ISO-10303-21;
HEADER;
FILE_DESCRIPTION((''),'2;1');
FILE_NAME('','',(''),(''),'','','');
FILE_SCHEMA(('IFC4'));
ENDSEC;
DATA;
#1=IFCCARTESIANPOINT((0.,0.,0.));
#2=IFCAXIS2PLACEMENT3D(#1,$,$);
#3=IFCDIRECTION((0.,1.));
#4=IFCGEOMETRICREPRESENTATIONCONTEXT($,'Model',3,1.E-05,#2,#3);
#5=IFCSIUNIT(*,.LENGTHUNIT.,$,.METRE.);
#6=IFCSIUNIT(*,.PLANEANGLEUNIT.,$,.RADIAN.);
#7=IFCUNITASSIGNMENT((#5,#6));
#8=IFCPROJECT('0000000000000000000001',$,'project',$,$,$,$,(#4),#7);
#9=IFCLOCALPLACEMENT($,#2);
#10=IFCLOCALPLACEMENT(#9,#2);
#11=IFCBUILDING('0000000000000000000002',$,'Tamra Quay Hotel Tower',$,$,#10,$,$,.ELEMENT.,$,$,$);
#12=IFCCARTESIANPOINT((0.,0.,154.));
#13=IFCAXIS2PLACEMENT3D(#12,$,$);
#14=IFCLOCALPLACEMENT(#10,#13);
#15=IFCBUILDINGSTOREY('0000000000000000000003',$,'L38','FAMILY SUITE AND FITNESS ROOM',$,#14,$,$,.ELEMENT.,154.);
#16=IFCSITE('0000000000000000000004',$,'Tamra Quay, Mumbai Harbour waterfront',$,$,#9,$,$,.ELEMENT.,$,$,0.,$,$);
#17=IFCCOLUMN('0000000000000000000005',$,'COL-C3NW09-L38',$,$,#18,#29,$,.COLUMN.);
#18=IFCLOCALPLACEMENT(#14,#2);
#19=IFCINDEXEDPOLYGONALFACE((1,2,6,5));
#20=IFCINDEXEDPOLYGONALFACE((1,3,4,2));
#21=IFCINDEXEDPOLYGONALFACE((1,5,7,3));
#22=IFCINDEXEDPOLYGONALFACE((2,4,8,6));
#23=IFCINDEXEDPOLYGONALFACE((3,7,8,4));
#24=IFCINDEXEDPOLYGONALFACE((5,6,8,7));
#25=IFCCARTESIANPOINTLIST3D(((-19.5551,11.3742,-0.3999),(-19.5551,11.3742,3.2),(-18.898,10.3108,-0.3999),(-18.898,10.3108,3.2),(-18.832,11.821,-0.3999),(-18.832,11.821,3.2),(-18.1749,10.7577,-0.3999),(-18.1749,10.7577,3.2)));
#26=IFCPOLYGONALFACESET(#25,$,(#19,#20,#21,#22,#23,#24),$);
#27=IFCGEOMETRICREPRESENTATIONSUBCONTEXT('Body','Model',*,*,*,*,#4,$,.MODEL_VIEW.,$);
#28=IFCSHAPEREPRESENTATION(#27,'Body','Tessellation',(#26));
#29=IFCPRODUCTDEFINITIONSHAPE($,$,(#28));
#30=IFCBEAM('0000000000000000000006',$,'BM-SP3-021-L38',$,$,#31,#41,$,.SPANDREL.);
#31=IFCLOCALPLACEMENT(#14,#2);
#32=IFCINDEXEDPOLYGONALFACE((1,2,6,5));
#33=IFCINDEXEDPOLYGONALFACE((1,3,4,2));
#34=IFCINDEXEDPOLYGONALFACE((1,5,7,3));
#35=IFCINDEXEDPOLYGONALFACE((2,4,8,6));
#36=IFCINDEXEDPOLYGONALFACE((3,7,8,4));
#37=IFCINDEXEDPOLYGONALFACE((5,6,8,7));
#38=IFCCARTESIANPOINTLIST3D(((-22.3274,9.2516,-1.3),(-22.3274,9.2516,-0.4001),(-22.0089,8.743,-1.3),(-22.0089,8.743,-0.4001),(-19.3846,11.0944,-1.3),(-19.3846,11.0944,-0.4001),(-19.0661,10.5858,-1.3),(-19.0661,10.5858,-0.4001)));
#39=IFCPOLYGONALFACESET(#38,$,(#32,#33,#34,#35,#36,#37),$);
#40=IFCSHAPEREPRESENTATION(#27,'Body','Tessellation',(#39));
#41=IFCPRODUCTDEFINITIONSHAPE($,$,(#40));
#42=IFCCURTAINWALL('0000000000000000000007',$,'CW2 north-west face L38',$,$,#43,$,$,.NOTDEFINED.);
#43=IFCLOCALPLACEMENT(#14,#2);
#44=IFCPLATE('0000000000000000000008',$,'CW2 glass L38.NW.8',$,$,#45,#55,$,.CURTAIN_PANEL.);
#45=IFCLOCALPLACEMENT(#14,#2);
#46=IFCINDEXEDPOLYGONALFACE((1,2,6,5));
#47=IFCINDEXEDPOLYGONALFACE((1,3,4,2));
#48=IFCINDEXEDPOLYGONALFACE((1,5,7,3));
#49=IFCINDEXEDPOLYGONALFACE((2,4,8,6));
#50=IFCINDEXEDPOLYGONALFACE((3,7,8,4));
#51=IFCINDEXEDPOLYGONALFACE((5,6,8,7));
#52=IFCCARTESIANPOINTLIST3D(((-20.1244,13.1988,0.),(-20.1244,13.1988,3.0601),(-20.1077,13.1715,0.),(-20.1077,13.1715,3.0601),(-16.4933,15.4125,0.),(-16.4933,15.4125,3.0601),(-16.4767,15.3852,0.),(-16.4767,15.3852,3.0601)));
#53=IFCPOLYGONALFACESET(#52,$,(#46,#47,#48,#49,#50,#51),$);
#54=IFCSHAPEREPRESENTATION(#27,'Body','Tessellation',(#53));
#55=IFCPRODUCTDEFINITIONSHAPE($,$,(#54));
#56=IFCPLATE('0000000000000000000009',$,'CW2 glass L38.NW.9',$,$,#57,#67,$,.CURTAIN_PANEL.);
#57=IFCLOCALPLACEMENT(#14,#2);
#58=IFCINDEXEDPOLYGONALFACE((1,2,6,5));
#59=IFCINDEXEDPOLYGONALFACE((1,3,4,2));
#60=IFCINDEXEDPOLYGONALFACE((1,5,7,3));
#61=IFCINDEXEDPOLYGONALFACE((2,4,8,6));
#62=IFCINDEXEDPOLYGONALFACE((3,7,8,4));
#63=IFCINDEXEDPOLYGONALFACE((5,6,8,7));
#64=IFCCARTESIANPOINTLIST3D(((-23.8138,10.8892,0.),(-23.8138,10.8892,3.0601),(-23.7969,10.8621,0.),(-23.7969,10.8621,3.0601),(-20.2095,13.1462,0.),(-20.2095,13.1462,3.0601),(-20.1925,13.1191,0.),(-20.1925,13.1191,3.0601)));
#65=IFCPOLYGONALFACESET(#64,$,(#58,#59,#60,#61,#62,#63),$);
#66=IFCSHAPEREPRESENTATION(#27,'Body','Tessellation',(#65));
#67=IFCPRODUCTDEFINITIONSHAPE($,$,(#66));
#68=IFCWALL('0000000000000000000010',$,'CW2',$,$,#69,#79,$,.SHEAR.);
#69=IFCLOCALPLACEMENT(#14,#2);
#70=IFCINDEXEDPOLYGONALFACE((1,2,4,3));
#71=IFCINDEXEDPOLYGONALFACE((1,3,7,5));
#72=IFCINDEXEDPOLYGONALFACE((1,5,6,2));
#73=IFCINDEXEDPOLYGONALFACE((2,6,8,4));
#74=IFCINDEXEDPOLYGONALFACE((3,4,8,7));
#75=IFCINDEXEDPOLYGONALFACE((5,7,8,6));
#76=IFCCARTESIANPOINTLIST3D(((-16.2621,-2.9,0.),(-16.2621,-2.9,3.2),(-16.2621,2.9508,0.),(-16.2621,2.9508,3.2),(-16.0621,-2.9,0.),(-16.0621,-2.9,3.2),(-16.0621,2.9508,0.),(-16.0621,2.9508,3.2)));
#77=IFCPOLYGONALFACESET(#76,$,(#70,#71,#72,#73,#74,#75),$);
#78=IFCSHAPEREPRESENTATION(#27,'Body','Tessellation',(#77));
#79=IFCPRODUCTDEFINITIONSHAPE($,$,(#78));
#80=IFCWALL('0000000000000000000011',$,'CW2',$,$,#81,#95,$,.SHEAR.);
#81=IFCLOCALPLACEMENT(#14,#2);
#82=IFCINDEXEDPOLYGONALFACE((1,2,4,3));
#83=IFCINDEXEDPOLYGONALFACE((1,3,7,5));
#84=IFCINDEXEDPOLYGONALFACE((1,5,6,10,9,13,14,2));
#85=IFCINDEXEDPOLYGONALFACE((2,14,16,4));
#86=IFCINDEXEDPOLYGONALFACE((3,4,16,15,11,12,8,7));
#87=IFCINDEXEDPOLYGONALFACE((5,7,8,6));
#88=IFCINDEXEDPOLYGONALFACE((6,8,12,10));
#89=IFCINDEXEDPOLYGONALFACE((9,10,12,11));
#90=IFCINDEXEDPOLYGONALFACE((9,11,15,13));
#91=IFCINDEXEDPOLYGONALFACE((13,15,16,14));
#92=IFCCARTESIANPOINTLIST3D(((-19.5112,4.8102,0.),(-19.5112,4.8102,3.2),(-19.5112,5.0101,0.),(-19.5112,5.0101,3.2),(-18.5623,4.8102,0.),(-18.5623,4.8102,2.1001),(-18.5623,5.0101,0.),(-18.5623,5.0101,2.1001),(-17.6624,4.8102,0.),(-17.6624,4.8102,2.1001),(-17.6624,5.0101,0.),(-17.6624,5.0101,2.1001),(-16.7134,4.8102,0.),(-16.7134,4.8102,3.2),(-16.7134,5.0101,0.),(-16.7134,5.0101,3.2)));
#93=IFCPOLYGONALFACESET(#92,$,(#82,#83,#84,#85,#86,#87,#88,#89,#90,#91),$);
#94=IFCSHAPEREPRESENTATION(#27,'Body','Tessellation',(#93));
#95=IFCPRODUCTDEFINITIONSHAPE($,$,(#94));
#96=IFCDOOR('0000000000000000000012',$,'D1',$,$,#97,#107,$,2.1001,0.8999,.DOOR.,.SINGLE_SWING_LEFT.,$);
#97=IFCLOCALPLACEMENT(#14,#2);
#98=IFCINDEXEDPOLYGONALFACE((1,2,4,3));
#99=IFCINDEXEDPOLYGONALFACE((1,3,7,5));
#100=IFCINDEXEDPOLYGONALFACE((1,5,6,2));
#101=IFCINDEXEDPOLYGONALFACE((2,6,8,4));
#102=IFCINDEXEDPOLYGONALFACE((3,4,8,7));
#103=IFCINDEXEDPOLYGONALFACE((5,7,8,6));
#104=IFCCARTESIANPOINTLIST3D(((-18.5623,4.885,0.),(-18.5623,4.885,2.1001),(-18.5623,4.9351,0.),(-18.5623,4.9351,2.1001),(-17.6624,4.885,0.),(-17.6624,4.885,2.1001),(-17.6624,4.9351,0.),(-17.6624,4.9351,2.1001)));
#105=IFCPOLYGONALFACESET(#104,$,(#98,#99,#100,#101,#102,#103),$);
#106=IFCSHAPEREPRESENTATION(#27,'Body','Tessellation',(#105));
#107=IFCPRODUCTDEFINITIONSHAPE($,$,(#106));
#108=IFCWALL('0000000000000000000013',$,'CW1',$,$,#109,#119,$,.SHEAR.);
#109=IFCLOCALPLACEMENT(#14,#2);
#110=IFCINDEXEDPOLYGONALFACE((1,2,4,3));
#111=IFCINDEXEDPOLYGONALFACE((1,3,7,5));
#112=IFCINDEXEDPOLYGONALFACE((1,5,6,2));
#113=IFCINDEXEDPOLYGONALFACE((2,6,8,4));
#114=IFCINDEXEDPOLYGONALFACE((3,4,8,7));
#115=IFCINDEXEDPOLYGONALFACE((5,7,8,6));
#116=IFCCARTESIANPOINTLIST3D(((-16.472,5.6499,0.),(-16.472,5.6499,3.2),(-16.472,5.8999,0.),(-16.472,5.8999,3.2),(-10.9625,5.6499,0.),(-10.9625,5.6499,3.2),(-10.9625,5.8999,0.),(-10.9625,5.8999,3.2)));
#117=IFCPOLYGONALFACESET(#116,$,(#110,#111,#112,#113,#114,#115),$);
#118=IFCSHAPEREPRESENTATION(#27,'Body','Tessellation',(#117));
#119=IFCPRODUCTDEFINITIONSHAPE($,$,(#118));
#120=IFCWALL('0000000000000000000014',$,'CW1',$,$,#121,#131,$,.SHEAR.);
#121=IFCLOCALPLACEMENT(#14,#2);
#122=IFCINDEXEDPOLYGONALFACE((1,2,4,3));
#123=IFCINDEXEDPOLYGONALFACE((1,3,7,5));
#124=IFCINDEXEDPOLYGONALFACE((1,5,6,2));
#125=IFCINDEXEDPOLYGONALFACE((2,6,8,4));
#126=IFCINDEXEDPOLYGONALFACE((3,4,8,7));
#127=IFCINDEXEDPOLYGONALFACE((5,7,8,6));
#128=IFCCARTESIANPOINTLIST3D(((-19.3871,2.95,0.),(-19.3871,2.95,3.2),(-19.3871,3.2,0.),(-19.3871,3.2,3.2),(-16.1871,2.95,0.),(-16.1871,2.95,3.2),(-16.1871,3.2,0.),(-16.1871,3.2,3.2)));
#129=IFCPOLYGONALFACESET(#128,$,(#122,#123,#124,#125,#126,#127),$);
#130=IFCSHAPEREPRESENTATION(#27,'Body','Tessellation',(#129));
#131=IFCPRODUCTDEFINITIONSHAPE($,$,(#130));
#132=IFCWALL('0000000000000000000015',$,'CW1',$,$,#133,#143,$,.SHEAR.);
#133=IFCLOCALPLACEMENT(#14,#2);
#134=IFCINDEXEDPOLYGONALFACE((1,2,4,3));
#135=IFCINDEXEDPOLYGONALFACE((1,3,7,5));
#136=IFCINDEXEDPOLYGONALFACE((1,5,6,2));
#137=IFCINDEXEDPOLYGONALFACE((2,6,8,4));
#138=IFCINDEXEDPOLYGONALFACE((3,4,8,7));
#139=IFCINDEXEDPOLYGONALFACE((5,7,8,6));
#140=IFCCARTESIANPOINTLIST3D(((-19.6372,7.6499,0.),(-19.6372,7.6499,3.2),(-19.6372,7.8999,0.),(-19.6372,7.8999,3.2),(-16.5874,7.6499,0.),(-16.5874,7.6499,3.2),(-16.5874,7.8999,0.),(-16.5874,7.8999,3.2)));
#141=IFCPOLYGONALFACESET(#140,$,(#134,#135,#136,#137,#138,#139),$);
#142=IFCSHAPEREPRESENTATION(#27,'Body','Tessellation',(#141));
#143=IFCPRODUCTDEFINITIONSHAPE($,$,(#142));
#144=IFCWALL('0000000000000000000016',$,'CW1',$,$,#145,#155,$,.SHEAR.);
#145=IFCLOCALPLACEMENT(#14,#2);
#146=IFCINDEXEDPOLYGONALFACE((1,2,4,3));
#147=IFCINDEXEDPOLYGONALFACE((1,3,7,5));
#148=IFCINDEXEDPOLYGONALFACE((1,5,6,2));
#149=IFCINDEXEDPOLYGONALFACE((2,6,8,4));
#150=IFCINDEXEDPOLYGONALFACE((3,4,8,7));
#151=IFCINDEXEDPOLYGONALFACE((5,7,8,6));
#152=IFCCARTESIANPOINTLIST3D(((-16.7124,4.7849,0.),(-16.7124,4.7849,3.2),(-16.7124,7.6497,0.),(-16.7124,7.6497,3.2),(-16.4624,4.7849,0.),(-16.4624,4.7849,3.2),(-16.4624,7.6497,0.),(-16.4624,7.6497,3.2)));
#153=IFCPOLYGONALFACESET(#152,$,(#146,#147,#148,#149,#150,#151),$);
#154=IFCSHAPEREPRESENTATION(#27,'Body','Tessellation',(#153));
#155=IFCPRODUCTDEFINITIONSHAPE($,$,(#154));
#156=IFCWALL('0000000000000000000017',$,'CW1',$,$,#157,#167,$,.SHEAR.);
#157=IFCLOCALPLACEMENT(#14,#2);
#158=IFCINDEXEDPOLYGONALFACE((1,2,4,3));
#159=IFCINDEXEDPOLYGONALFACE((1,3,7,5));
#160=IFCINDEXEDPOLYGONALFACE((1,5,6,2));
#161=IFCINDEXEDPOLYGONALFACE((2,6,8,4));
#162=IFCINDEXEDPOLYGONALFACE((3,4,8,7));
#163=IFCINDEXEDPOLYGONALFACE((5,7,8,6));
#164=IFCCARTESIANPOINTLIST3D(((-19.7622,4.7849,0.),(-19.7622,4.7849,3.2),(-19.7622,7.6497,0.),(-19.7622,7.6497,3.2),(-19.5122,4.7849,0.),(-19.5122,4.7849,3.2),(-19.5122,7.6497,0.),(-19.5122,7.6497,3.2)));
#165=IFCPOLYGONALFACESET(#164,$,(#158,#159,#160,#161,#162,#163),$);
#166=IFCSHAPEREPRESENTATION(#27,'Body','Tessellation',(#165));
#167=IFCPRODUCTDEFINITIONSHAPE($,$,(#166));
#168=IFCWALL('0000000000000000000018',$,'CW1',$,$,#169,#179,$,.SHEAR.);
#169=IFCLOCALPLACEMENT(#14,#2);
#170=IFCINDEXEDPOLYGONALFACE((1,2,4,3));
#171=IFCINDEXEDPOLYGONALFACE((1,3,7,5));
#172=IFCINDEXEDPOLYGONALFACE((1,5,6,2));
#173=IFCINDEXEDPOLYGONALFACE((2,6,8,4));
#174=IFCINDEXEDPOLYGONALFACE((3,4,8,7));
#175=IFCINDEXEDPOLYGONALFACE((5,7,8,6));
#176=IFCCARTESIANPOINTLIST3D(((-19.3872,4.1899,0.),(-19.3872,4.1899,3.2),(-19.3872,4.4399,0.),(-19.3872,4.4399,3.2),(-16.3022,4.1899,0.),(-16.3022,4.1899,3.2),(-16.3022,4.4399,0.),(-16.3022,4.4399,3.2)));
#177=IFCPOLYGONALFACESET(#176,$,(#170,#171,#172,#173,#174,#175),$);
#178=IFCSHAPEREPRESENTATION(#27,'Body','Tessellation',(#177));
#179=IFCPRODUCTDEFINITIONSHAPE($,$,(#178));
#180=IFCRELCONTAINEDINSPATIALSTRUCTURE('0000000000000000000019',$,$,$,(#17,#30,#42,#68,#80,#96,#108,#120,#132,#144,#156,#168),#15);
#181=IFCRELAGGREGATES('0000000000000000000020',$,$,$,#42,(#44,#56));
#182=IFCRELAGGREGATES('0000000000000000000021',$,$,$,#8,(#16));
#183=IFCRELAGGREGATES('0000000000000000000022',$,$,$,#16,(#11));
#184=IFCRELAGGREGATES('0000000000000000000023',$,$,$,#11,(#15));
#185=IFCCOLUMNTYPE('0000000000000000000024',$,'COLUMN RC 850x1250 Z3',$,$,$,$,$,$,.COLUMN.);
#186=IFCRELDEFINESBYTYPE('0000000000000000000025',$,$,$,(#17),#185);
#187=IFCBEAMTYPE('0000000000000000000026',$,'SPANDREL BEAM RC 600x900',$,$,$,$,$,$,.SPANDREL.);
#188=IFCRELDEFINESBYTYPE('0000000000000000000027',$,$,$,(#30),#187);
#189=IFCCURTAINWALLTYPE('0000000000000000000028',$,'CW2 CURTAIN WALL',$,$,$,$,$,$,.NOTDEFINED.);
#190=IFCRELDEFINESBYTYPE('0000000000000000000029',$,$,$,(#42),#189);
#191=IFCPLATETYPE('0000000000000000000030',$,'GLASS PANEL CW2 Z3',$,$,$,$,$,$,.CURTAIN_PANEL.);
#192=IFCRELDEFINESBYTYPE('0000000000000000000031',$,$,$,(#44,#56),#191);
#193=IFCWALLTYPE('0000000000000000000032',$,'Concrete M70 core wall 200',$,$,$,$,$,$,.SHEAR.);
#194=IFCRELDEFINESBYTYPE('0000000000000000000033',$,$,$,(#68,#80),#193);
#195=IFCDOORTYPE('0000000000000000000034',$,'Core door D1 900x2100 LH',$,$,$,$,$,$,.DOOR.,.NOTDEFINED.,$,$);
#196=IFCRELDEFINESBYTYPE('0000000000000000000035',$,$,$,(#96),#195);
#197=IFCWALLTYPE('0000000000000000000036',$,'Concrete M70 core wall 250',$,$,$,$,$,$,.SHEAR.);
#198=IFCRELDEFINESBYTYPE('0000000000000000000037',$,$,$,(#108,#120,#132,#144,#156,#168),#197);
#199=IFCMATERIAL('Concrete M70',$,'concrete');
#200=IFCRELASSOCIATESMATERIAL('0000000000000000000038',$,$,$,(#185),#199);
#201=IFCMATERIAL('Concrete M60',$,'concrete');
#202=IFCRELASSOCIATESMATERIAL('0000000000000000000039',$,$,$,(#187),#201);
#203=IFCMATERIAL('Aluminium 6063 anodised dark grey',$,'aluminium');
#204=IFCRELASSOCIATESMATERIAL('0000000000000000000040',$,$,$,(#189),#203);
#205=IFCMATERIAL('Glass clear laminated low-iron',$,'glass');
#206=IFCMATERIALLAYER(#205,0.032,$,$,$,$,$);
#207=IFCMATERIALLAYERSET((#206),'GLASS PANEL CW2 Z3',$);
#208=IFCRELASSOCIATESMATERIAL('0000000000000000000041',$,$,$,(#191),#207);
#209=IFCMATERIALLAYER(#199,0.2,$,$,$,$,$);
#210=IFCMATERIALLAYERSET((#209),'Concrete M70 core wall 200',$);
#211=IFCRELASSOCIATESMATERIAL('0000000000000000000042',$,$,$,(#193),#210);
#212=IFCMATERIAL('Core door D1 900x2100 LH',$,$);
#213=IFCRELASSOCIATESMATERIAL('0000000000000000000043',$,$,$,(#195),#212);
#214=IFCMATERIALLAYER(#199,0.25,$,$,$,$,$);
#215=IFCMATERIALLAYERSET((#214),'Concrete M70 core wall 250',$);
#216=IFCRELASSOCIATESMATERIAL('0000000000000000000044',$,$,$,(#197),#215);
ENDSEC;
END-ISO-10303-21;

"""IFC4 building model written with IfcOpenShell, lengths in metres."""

from ifc_helpers import new_model, si_unit, direction, frame, frame_2d, origin, origin_2d, place, context, subcontext, project, spatial, rectangle, extrude, material, layer, layer_set, material_profile, profile_set, type_object, element, fill, aggregate, save


model = new_model("IFC4")

# Units and contexts
model_context = context("Model", 3, precision=1e-05, world=origin(), true_north=direction((0.0, 1.0)))
body_context = subcontext(model_context, "Body", "Model", "MODEL_VIEW")
ifc_project = project(units=[si_unit("LENGTHUNIT", "METRE"), si_unit("PLANEANGLEUNIT", "RADIAN")], contexts=[model_context])

# Site, building, storey
site_placement = place(None, origin())
site = spatial("IfcSite", under=ifc_project, at=site_placement, Name="Tamra Quay, Mumbai Harbour waterfront", CompositionType="ELEMENT", RefElevation=0.0)
building_placement = place(site_placement, origin())
building = spatial("IfcBuilding", under=site, at=building_placement, Name="Tamra Quay Hotel Tower", CompositionType="ELEMENT")
storey_placement = place(building_placement, frame((0.0, 0.0, 154.0)))
storey = spatial("IfcBuildingStorey", under=building, at=storey_placement, Name="L38", Description="FAMILY SUITE AND FITNESS ROOM", CompositionType="ELEMENT", Elevation=154.0)

# Column
ifc_material_1 = material(Name="Concrete M70", Category="concrete")
ifc_material_profile_1 = material_profile(ifc_material_1, rectangle(XDim=1.25, YDim=0.8501, at=origin_2d()), Name="COLUMN RC 850x1250 Z3")
ifc_profile_set_1 = profile_set([ifc_material_profile_1], Name="Concrete M70")
column_type = type_object("IfcColumnType", Name="COLUMN RC 850x1250 Z3", PredefinedType="COLUMN", material=ifc_profile_set_1)
column_placement = place(storey_placement, frame((-18.865, 11.0659, -0.3999), z_axis=(0.0, 0.0, 1.0), x_axis=(-0.525677, 0.850685, 0.0)))
element("IfcColumn", 1, at=column_placement, inside=storey, type_object=column_type, Name="COL-C3NW09-L38", PredefinedType="COLUMN", context=body_context, shape_type="SweptSolid", body=[
    extrude(rectangle(XDim=1.25, YDim=0.8501, at=origin_2d()), origin(), (0.0, 0.0, 1.0), 3.5999),
])

# Beam
ifc_material_2 = material(Name="Concrete M60", Category="concrete")
ifc_material_profile_2 = material_profile(ifc_material_2, rectangle(XDim=0.6001, YDim=0.8999, at=origin_2d()), Name="SPANDREL BEAM RC 600x900")
ifc_profile_set_2 = profile_set([ifc_material_profile_2], Name="Concrete M60")
beam_type = type_object("IfcBeamType", Name="SPANDREL BEAM RC 600x900", PredefinedType="SPANDREL", material=ifc_profile_set_2)
beam_placement = place(storey_placement, frame((-19.2253, 10.8401, -0.8501), z_axis=(-0.847548, -0.530719, 0.0), x_axis=(0.530719, -0.847548, 0.0)))
element("IfcBeam", 2, at=beam_placement, inside=storey, type_object=beam_type, Name="BM-SP3-021-L38", PredefinedType="SPANDREL", context=body_context, shape_type="SweptSolid", body=[
    extrude(rectangle(XDim=0.6001, YDim=0.8999, at=origin_2d()), origin(), (0.0, 0.0, 1.0), 3.4722),
])

# Curtain wall, plates
ifc_material_3 = material(Name="Aluminium 6063 anodised dark grey", Category="aluminium")
curtain_wall_type = type_object("IfcCurtainWallType", Name="CW2 CURTAIN WALL", PredefinedType="NOTDEFINED", material=ifc_material_3)
curtain_wall_placement = place(storey_placement, origin())
curtain_wall = element("IfcCurtainWall", 3, at=curtain_wall_placement, inside=storey, type_object=curtain_wall_type, Name="CW2 north-west face L38", PredefinedType="NOTDEFINED")
ifc_material_4 = material(Name="Glass clear laminated low-iron", Category="glass")
ifc_layer_1 = layer(ifc_material_4, 0.032)
ifc_layer_set_1 = layer_set([ifc_layer_1], Name="GLASS PANEL CW2 Z3")
plate_type = type_object("IfcPlateType", Name="GLASS PANEL CW2 Z3", PredefinedType="CURTAIN_PANEL", material=ifc_layer_set_1)
plate_1_placement = place(storey_placement, frame((-18.3005, 14.292, 0.0), z_axis=(0.0, 0.0, 1.0), x_axis=(-0.85383, -0.520552, 0.0)))
plate_1 = element("IfcPlate", 4, at=plate_1_placement, type_object=plate_type, Name="CW2 glass L38.NW.8", PredefinedType="CURTAIN_PANEL", context=body_context, shape_type="SweptSolid", body=[
    extrude(rectangle(XDim=4.2527, YDim=0.032, at=origin_2d()), origin(), (0.0, 0.0, 1.0), 3.0601),
])
plate_2_placement = place(storey_placement, frame((-22.0032, 12.0042, 0.0), z_axis=(0.0, 0.0, 1.0), x_axis=(-0.847546, -0.530722, 0.0)))
plate_2 = element("IfcPlate", 5, at=plate_2_placement, type_object=plate_type, Name="CW2 glass L38.NW.9", PredefinedType="CURTAIN_PANEL", context=body_context, shape_type="SweptSolid", body=[
    extrude(rectangle(XDim=4.2527, YDim=0.032, at=origin_2d()), origin(), (0.0, 0.0, 1.0), 3.0601),
])
aggregate(curtain_wall, [plate_1, plate_2])

# Wall
ifc_layer_2 = layer(ifc_material_1, 0.2)
ifc_layer_set_2 = layer_set([ifc_layer_2], Name="Concrete M70 core wall 200")
wall_type_1 = type_object("IfcWallType", Name="Concrete M70 core wall 200", PredefinedType="SHEAR", material=ifc_layer_set_2)
wall_1_placement = place(storey_placement, frame((-16.1621, 2.9507, 0.0), z_axis=(0.0, 0.0, 1.0), x_axis=(0.0, -1.0, 0.0)))
element("IfcWall", 6, at=wall_1_placement, inside=storey, type_object=wall_type_1, Name="CW2", PredefinedType="SHEAR", context=body_context, shape_type="SweptSolid", body=[
    extrude(rectangle(XDim=5.8508, YDim=0.2, at=frame_2d((2.9253, 0.0))), origin(), (0.0, 0.0, 1.0), 3.2),
])

# Wall, opening, door
wall_2_placement = place(storey_placement, frame((-19.5112, 4.9102, 0.0), z_axis=(0.0, 0.0, 1.0), x_axis=(1.0, 0.0, 0.0)))
wall_2 = element("IfcWall", 7, at=wall_2_placement, inside=storey, type_object=wall_type_1, Name="CW2", PredefinedType="SHEAR", context=body_context, shape_type="SweptSolid", body=[
    extrude(rectangle(XDim=2.7979, YDim=0.2, at=frame_2d((1.3989, 0.0))), origin(), (0.0, 0.0, 1.0), 3.2),
])
opening_1_placement = place(wall_2_placement, frame((0.949, 0.0, 0.0)))
opening_1 = element("IfcOpeningElement", 8, at=opening_1_placement, cuts=wall_2, PredefinedType="OPENING", context=body_context, shape_type="SweptSolid", body=[
    extrude(rectangle(XDim=0.8999, YDim=2.1001, at=frame_2d((0.45, 1.05))), frame((0.0, 0.1099, 0.0), z_axis=(0.0, -1.0, 0.0), x_axis=(1.0, 0.0, 0.0)), (0.0, 0.0, 1.0), 0.22),
])
ifc_material_5 = material(Name="Core door D1 900x2100 LH")
door_type_1 = type_object("IfcDoorType", Name="Core door D1 900x2100 LH", OperationType="NOTDEFINED", PredefinedType="DOOR", material=ifc_material_5)
door_1_placement = place(opening_1_placement, origin())
door_1 = element("IfcDoor", 9, at=door_1_placement, inside=storey, type_object=door_type_1, Name="D1", OperationType="SINGLE_SWING_LEFT", OverallHeight=2.1001, OverallWidth=0.8999, PredefinedType="DOOR", context=body_context, shape_type="SweptSolid", body=[
    extrude(rectangle(XDim=0.8999, YDim=2.1001, at=frame_2d((0.45, 1.05))), frame((0.0, 0.0249, 0.0), z_axis=(0.0, -1.0, 0.0), x_axis=(1.0, 0.0, 0.0)), (0.0, 0.0, 1.0), 0.05),
])
fill(opening_1, door_1)

# Walls
ifc_layer_3 = layer(ifc_material_1, 0.25)
ifc_layer_set_3 = layer_set([ifc_layer_3], Name="Concrete M70 core wall 250")
wall_type_2 = type_object("IfcWallType", Name="Concrete M70 core wall 250", PredefinedType="SHEAR", material=ifc_layer_set_3)
wall_3_placement = place(storey_placement, frame((-16.4722, 5.7749, 0.0), z_axis=(0.0, 0.0, 1.0), x_axis=(1.0, 0.0, 0.0)))
element("IfcWall", 10, at=wall_3_placement, inside=storey, type_object=wall_type_2, Name="CW1", PredefinedType="SHEAR", context=body_context, shape_type="SweptSolid", body=[
    extrude(rectangle(XDim=5.5095, YDim=0.25, at=frame_2d((2.7549, 0.0))), origin(), (0.0, 0.0, 1.0), 3.2),
])
wall_4_placement = place(storey_placement, frame((-19.3872, 3.075, 0.0), z_axis=(0.0, 0.0, 1.0), x_axis=(1.0, 0.0, 0.0)))
element("IfcWall", 11, at=wall_4_placement, inside=storey, type_object=wall_type_2, Name="CW1", PredefinedType="SHEAR", context=body_context, shape_type="SweptSolid", body=[
    extrude(rectangle(XDim=3.2, YDim=0.25, at=frame_2d((1.6001, 0.0))), origin(), (0.0, 0.0, 1.0), 3.2),
])
wall_5_placement = place(storey_placement, frame((-19.6372, 7.7749, 0.0), z_axis=(0.0, 0.0, 1.0), x_axis=(1.0, 0.0, 0.0)))
element("IfcWall", 12, at=wall_5_placement, inside=storey, type_object=wall_type_2, Name="CW1", PredefinedType="SHEAR", context=body_context, shape_type="SweptSolid", body=[
    extrude(rectangle(XDim=3.0498, YDim=0.25, at=frame_2d((1.5249, 0.0))), origin(), (0.0, 0.0, 1.0), 3.2),
])
for number, where, z_axis, x_axis, name in (
    (13, (-16.5874, 7.6497, 0.0), (0.0, 0.0, 1.0), (0.0, -1.0, 0.0), "CW1"),
    (14, (-19.6372, 4.7849, 0.0), (0.0, 0.0, 1.0), (0.0, 1.0, 0.0), "CW1"),
):
    element("IfcWall", number, at=place(storey_placement, frame(where, z_axis=z_axis, x_axis=x_axis)), inside=storey, type_object=wall_type_2, Name=name, PredefinedType="SHEAR", context=body_context, shape_type="SweptSolid", body=[
        extrude(rectangle(XDim=2.8647, YDim=0.25, at=frame_2d((1.4324, 0.0))), origin(), (0.0, 0.0, 1.0), 3.2),
    ])
wall_6_placement = place(storey_placement, frame((-16.3022, 4.3149, 0.0), z_axis=(0.0, 0.0, 1.0), x_axis=(-1.0, 0.0, 0.0)))
element("IfcWall", 15, at=wall_6_placement, inside=storey, type_object=wall_type_2, Name="CW1", PredefinedType="SHEAR", context=body_context, shape_type="SweptSolid", body=[
    extrude(rectangle(XDim=3.085, YDim=0.25, at=frame_2d((1.5425, 0.0))), origin(), (0.0, 0.0, 1.0), 3.2),
])

save(model, "model.ifc")
